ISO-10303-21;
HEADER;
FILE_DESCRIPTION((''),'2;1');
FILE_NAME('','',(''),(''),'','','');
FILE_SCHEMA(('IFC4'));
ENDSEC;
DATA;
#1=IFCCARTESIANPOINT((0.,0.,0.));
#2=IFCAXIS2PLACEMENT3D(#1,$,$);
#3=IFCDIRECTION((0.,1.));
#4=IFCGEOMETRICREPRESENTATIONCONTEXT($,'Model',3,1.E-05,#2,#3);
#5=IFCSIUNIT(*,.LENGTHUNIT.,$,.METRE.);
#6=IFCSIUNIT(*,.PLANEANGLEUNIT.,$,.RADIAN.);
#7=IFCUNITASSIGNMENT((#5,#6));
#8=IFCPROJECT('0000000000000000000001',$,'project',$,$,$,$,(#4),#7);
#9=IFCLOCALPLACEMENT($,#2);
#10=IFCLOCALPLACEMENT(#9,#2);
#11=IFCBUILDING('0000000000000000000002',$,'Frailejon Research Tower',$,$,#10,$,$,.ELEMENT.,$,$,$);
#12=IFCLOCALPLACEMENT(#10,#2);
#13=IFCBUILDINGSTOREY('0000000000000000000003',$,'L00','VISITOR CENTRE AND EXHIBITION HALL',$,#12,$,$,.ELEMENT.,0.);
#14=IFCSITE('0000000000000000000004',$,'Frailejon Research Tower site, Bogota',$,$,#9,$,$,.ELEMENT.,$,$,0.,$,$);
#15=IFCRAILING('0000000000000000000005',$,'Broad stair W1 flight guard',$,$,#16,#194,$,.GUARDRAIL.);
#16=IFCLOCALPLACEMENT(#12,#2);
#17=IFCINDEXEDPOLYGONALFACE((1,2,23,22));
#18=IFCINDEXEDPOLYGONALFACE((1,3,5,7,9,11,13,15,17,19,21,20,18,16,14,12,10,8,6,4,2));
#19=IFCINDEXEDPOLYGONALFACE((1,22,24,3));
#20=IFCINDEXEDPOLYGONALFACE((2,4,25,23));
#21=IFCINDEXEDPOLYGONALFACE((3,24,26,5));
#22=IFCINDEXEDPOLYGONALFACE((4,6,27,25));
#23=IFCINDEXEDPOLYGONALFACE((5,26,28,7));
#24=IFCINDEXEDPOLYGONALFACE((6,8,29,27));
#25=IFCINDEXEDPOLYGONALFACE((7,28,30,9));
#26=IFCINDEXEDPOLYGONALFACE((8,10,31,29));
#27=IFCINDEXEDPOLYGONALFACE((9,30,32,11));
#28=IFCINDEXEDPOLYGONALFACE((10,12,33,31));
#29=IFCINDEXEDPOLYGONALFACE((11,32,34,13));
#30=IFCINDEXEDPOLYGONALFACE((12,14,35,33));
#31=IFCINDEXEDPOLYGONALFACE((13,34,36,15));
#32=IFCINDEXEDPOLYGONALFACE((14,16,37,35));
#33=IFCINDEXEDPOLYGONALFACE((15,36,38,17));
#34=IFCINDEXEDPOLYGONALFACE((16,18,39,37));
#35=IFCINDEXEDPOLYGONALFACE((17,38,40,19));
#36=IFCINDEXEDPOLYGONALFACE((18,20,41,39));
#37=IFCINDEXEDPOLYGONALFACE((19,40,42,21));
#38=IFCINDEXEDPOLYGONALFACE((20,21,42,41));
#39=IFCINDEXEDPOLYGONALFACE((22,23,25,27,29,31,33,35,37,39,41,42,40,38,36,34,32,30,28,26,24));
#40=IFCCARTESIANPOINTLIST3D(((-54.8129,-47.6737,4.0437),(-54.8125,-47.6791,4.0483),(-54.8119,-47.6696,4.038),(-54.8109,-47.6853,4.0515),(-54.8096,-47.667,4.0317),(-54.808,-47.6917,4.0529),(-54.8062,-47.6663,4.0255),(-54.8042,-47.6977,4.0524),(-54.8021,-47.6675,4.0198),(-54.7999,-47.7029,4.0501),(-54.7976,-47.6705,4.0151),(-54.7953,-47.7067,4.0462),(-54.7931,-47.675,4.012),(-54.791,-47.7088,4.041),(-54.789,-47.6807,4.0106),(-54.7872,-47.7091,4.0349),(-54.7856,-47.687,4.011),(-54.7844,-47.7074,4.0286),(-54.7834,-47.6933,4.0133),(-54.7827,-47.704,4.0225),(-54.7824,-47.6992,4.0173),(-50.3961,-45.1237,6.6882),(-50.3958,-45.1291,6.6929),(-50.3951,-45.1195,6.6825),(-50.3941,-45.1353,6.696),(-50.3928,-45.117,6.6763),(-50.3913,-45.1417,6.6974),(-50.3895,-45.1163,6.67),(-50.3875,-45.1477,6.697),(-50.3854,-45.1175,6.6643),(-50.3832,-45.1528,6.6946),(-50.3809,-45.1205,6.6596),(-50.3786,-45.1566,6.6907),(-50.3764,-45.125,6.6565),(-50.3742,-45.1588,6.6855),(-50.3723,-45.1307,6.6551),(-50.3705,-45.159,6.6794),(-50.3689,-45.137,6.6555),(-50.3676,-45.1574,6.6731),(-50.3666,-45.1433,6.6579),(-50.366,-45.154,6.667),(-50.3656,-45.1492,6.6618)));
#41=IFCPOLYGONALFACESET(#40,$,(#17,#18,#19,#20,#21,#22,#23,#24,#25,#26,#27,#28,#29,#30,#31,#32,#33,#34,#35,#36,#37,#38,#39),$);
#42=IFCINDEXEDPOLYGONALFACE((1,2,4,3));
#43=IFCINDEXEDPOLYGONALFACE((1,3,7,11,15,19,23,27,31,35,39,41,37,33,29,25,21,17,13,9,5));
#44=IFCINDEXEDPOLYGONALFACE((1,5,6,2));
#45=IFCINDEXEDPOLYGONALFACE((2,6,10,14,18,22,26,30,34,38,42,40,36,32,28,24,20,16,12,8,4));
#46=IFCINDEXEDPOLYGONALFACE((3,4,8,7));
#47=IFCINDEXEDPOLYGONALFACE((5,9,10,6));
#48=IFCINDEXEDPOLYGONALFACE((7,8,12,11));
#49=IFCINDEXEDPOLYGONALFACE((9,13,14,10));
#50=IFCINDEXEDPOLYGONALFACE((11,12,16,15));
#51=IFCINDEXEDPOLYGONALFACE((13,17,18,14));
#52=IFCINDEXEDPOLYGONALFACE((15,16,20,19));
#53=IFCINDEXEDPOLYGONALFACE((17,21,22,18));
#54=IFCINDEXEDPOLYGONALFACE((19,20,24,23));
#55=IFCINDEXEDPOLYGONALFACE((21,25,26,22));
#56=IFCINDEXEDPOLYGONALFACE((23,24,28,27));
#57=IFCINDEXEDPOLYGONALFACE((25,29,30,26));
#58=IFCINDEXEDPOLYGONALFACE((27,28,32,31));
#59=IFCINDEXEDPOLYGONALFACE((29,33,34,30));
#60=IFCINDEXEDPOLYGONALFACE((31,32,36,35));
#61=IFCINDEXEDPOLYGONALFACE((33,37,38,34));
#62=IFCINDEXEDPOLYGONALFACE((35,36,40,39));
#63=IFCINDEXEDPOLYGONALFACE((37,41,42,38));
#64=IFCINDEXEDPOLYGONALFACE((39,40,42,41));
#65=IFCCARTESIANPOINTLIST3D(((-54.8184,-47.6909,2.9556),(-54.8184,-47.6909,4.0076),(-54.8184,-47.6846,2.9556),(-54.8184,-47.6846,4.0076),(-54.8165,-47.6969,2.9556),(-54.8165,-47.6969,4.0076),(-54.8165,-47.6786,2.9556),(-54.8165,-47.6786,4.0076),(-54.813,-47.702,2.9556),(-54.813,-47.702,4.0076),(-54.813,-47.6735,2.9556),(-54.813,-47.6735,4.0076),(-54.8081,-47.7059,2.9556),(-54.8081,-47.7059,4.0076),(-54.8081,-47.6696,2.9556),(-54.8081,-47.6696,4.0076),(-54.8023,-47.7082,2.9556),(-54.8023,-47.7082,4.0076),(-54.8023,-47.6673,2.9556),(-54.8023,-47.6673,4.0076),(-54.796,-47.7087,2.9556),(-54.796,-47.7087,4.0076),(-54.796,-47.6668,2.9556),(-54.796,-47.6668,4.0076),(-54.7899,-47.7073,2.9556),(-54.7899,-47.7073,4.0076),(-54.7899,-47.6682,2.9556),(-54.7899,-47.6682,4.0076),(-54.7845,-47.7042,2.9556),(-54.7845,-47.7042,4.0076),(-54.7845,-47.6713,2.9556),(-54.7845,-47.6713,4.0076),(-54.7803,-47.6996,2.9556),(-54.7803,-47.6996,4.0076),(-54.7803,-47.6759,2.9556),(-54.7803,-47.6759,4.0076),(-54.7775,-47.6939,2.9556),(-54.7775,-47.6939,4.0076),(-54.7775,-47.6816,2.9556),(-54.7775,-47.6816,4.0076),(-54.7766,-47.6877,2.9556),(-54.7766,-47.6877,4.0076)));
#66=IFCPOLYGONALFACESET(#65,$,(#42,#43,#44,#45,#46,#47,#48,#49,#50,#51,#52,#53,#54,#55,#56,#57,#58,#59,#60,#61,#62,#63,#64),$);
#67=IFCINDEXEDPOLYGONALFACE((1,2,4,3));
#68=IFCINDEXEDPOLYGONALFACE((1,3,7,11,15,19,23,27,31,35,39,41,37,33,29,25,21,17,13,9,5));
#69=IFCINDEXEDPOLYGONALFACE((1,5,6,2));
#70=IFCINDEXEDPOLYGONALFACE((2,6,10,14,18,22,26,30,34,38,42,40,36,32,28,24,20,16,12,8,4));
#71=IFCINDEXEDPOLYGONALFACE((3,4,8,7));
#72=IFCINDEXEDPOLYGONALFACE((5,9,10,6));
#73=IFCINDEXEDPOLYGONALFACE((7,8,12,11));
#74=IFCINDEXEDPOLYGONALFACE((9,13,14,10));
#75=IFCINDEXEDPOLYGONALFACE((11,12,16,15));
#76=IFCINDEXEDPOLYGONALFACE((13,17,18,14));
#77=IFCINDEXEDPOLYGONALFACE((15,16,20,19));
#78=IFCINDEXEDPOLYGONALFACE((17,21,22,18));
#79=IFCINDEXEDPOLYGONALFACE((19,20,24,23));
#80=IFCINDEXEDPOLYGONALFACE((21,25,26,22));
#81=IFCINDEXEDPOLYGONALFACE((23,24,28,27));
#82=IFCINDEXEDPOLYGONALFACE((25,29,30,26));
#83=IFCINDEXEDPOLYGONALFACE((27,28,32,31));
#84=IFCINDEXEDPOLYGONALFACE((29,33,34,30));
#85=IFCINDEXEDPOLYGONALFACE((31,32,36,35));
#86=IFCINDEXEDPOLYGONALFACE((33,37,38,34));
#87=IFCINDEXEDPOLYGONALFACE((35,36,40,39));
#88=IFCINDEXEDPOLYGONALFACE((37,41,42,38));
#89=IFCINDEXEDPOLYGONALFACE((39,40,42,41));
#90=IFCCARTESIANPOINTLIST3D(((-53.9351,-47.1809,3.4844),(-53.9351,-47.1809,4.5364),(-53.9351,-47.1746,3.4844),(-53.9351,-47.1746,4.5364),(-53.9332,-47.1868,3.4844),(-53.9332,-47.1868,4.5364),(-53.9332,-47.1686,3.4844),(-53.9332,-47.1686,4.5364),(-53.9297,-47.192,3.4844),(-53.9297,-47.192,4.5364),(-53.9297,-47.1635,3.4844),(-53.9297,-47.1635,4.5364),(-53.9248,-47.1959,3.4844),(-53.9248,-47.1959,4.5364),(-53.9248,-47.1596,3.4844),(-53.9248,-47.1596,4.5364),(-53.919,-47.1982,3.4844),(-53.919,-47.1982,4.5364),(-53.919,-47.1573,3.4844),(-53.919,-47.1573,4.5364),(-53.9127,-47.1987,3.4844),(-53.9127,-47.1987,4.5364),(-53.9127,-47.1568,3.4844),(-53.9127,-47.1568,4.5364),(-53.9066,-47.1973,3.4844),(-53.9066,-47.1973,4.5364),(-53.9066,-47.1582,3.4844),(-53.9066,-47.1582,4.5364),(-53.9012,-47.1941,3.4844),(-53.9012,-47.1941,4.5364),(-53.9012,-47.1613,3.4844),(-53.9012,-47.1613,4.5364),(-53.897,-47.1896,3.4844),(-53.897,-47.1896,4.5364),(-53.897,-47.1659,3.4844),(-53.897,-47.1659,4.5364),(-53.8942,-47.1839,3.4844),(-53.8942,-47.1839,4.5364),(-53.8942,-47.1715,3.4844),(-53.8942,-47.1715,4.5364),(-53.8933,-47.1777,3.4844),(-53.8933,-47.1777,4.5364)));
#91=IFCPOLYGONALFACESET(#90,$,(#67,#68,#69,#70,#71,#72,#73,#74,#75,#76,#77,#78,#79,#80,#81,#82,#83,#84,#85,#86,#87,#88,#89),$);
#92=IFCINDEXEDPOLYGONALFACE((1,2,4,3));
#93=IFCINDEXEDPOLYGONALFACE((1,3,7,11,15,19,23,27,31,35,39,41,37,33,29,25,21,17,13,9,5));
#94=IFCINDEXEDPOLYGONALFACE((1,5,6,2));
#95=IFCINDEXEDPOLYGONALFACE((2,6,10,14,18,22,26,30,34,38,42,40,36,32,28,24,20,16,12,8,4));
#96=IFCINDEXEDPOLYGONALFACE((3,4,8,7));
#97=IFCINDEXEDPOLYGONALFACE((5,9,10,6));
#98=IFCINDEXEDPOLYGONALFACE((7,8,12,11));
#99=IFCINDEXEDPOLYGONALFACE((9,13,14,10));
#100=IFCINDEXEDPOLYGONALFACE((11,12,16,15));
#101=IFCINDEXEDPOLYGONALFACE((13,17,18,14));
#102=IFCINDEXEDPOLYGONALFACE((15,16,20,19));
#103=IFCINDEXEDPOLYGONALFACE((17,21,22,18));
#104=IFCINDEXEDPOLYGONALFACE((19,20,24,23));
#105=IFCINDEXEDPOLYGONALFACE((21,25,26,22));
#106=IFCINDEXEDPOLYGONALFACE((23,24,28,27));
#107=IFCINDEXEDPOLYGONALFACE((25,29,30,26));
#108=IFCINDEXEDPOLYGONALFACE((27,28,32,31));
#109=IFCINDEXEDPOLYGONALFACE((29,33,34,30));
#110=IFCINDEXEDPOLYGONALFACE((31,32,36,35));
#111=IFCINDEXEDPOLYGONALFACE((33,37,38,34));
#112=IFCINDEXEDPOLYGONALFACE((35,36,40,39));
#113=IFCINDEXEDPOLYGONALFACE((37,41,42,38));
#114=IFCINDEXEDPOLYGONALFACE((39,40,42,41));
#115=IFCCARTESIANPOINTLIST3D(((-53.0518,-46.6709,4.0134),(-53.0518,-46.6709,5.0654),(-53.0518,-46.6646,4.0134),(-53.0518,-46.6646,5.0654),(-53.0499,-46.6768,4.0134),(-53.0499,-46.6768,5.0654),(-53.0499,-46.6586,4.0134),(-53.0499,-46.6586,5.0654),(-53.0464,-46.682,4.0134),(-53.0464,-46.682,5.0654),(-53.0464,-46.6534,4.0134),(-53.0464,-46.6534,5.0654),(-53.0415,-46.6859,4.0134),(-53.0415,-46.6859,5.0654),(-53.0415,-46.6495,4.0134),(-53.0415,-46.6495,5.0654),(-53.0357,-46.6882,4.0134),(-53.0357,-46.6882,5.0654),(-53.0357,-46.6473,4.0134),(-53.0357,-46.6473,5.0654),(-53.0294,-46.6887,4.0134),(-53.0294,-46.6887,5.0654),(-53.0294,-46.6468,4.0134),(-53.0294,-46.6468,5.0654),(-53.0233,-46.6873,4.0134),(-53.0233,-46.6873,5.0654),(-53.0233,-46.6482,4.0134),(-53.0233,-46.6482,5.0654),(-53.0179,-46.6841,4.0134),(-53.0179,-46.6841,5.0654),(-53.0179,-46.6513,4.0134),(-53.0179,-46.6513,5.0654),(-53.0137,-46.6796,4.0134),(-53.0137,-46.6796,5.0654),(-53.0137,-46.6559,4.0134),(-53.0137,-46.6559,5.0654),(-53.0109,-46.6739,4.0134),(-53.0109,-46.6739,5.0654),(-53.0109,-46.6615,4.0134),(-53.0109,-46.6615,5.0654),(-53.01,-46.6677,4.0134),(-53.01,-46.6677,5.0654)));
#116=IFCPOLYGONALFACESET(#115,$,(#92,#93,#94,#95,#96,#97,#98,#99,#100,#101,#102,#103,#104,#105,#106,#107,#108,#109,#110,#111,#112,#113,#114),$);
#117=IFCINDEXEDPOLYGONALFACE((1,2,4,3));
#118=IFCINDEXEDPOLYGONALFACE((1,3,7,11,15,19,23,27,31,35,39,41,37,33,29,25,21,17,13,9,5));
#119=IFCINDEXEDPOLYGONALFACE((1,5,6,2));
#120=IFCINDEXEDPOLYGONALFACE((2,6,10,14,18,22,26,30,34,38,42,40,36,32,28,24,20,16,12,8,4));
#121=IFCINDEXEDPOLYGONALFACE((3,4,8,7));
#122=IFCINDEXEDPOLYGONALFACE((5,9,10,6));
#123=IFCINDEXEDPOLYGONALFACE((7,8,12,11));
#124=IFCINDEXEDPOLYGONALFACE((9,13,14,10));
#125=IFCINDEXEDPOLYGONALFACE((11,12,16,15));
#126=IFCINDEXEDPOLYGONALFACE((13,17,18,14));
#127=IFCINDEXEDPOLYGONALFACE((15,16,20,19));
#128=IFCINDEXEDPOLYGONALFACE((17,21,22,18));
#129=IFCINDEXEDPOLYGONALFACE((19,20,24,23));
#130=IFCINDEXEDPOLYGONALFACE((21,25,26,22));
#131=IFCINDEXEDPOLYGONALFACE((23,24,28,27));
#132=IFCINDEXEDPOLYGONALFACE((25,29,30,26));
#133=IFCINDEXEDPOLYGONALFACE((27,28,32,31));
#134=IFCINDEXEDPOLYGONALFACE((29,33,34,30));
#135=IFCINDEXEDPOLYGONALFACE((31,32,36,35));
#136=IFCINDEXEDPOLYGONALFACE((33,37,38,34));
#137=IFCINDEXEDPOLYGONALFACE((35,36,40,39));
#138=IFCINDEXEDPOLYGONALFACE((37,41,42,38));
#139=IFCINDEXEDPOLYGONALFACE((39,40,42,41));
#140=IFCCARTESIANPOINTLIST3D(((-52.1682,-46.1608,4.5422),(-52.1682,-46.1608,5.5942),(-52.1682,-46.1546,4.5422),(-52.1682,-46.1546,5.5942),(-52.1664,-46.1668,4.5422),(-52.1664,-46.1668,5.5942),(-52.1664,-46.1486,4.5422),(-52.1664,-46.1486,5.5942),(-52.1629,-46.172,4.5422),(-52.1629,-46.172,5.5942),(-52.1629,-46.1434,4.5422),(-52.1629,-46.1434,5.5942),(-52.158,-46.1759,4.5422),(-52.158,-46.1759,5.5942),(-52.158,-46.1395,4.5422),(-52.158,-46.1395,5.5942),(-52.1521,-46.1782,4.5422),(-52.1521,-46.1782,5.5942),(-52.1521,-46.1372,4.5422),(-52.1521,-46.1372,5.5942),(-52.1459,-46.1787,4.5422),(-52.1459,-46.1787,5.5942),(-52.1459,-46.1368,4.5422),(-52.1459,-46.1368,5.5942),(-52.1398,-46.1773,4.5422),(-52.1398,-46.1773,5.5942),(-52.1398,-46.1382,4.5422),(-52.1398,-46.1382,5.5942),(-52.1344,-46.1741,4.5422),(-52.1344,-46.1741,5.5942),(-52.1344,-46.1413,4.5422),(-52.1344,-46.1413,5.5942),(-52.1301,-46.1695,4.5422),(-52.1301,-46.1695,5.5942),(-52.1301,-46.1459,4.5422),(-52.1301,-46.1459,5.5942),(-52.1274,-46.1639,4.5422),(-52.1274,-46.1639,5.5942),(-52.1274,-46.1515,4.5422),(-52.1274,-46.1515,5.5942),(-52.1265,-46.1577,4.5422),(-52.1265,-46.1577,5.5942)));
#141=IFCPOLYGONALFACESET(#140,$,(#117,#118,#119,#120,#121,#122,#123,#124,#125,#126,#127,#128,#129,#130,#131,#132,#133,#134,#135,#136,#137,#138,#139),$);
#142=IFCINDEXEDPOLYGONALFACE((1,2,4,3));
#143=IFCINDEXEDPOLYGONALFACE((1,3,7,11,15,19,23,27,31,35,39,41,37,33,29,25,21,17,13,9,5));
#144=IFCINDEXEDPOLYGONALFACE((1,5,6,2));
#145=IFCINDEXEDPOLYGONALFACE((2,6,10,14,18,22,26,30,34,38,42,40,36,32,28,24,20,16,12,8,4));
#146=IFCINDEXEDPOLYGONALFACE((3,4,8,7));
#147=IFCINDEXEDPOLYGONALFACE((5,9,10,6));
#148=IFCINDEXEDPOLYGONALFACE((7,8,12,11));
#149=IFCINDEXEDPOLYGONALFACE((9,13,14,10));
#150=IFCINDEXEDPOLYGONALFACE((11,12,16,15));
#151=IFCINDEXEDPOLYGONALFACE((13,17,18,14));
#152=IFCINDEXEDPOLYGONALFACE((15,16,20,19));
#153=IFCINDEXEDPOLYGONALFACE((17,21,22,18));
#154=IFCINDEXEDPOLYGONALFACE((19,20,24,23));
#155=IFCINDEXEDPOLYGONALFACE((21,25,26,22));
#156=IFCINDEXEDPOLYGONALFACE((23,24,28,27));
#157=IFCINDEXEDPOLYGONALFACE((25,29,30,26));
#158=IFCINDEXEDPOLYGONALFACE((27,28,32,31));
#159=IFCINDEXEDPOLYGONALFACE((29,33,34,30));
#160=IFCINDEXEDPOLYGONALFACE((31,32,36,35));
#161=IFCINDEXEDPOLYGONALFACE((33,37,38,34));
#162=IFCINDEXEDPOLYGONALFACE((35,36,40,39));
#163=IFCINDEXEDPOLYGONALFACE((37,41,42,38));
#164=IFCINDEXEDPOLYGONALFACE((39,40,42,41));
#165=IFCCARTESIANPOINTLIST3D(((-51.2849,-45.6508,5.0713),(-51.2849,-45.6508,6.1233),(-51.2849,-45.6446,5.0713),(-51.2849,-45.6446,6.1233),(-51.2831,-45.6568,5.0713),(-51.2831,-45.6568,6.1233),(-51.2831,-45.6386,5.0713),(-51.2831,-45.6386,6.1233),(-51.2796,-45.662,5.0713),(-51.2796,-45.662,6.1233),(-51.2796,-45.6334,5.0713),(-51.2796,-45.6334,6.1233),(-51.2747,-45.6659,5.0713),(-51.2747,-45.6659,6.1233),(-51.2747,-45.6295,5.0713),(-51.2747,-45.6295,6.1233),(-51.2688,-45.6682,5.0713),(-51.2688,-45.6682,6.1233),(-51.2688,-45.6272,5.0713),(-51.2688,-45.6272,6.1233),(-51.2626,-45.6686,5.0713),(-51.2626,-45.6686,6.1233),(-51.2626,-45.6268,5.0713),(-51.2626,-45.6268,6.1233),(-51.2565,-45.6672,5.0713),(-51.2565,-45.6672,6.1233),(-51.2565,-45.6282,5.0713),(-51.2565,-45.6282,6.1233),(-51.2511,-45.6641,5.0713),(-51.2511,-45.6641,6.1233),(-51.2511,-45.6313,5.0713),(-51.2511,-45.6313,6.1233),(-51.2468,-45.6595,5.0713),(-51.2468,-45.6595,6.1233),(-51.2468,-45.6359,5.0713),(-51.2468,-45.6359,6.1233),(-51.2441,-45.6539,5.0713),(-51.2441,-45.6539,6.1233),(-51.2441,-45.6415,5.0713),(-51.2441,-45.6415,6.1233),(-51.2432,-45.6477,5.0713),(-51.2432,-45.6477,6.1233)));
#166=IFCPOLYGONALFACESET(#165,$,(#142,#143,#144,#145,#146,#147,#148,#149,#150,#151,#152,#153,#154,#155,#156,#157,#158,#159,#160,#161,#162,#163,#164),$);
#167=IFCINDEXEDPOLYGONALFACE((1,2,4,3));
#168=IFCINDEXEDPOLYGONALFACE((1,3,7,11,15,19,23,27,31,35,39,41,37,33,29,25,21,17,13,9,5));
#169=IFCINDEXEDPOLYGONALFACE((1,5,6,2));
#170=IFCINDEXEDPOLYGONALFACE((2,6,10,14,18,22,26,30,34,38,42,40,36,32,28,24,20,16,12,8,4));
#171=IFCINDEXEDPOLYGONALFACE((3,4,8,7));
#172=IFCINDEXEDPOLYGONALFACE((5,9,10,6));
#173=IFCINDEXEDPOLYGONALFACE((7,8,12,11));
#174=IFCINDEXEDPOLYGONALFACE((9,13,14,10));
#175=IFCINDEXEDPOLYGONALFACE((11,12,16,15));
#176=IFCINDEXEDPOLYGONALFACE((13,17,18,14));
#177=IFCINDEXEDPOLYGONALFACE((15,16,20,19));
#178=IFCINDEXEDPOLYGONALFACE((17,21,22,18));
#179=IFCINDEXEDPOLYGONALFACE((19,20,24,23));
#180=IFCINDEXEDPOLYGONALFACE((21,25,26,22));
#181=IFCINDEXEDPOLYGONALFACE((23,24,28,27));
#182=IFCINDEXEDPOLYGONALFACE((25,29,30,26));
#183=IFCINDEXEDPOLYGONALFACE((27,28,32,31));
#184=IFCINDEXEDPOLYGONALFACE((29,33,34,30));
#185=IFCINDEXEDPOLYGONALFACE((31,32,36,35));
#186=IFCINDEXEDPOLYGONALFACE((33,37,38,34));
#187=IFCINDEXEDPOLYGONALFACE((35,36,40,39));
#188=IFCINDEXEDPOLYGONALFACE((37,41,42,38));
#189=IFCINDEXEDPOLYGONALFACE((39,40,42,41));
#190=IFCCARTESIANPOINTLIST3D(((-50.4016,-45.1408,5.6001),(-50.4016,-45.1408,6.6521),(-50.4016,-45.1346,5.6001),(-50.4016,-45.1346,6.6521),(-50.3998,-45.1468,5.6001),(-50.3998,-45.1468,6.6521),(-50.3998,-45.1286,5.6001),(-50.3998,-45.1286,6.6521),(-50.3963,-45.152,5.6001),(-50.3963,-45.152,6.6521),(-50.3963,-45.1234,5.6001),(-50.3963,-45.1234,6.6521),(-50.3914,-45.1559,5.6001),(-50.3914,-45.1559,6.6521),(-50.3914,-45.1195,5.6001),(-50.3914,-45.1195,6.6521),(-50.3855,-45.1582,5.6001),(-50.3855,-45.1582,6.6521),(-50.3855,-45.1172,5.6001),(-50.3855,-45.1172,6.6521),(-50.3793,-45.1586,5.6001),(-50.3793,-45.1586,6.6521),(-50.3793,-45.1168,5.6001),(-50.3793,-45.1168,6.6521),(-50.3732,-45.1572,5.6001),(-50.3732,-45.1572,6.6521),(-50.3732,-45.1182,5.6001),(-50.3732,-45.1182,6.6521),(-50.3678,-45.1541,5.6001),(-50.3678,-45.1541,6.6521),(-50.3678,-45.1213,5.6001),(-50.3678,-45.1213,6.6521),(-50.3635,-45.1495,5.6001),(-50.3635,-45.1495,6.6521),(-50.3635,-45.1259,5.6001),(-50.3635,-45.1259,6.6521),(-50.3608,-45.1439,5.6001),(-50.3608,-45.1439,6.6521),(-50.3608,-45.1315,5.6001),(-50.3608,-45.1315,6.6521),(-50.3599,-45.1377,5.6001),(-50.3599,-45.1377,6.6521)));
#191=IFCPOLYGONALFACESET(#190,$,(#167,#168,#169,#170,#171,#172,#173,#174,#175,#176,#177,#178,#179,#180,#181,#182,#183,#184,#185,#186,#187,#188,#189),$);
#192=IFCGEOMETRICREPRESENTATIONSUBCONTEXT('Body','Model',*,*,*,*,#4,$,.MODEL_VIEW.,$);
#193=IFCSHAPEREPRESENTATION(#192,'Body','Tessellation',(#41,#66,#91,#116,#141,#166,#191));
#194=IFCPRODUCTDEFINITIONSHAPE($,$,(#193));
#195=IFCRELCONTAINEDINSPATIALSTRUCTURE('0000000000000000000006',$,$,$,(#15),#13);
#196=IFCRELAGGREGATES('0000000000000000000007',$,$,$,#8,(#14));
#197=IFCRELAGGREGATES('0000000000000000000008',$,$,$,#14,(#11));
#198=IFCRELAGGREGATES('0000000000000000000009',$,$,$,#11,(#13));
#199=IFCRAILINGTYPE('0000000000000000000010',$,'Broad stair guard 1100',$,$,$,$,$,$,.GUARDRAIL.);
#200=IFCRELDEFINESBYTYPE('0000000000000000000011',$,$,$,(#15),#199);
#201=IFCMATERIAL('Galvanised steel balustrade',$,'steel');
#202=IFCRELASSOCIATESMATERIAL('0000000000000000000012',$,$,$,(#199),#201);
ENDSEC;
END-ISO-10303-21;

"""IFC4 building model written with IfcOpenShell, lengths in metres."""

from ifc_helpers import new_model, si_unit, direction, frame, origin, origin_2d, place, context, subcontext, project, spatial, circle, extrude, material, type_object, element, save


model = new_model("IFC4")

# Units and contexts
model_context = context("Model", 3, precision=1e-05, world=origin(), true_north=direction((0.0, 1.0)))
body_context = subcontext(model_context, "Body", "Model", "MODEL_VIEW")
ifc_project = project(units=[si_unit("LENGTHUNIT", "METRE"), si_unit("PLANEANGLEUNIT", "RADIAN")], contexts=[model_context])

# Site, building, storey
site_placement = place(None, origin())
site = spatial("IfcSite", under=ifc_project, at=site_placement, Name="Frailejon Research Tower site, Bogota", CompositionType="ELEMENT", RefElevation=0.0)
building_placement = place(site_placement, origin())
building = spatial("IfcBuilding", under=site, at=building_placement, Name="Frailejon Research Tower", CompositionType="ELEMENT")
storey_placement = place(building_placement, origin())
storey = spatial("IfcBuildingStorey", under=building, at=storey_placement, Name="L00", Description="VISITOR CENTRE AND EXHIBITION HALL", CompositionType="ELEMENT", Elevation=0.0)

# Railing
ifc_material_1 = material(Name="Galvanised steel balustrade", Category="steel")
railing_type_1 = type_object("IfcRailingType", Name="Broad stair guard 1100", PredefinedType="GUARDRAIL", material=ifc_material_1)
railing_1_placement = place(storey_placement, frame((-54.7976, -47.6877, 2.9556)))
element("IfcRailing", 1, at=railing_1_placement, inside=storey, type_object=railing_type_1, Name="Broad stair W1 flight guard", PredefinedType="GUARDRAIL", context=body_context, shape_type="SweptSolid", body=[
    extrude(circle(Radius=0.0239, at=origin_2d()), frame((0.0, 0.0, 1.0762), z_axis=(0.768811, 0.44388, 0.460326), x_axis=(-0.500006, 0.866022, 0.0)), (0.0, 0.0, 1.0), 5.7449),
    extrude(circle(Radius=0.021, at=origin_2d()), origin(), (0.0, 0.0, 1.0), 1.052),
    extrude(circle(Radius=0.021, at=origin_2d()), frame((0.8833, 0.51, 0.5288)), (0.0, 0.0, 1.0), 1.052),
    extrude(circle(Radius=0.021, at=origin_2d()), frame((1.7666, 1.02, 1.0579)), (0.0, 0.0, 1.0), 1.052),
    extrude(circle(Radius=0.021, at=origin_2d()), frame((2.6501, 1.53, 1.5867)), (0.0, 0.0, 1.0), 1.052),
    extrude(circle(Radius=0.021, at=origin_2d()), frame((3.5334, 2.04, 2.1157)), (0.0, 0.0, 1.0), 1.052),
    extrude(circle(Radius=0.021, at=origin_2d()), frame((4.4167, 2.55, 2.6445)), (0.0, 0.0, 1.0), 1.052),
])

save(model, "model.ifc")
